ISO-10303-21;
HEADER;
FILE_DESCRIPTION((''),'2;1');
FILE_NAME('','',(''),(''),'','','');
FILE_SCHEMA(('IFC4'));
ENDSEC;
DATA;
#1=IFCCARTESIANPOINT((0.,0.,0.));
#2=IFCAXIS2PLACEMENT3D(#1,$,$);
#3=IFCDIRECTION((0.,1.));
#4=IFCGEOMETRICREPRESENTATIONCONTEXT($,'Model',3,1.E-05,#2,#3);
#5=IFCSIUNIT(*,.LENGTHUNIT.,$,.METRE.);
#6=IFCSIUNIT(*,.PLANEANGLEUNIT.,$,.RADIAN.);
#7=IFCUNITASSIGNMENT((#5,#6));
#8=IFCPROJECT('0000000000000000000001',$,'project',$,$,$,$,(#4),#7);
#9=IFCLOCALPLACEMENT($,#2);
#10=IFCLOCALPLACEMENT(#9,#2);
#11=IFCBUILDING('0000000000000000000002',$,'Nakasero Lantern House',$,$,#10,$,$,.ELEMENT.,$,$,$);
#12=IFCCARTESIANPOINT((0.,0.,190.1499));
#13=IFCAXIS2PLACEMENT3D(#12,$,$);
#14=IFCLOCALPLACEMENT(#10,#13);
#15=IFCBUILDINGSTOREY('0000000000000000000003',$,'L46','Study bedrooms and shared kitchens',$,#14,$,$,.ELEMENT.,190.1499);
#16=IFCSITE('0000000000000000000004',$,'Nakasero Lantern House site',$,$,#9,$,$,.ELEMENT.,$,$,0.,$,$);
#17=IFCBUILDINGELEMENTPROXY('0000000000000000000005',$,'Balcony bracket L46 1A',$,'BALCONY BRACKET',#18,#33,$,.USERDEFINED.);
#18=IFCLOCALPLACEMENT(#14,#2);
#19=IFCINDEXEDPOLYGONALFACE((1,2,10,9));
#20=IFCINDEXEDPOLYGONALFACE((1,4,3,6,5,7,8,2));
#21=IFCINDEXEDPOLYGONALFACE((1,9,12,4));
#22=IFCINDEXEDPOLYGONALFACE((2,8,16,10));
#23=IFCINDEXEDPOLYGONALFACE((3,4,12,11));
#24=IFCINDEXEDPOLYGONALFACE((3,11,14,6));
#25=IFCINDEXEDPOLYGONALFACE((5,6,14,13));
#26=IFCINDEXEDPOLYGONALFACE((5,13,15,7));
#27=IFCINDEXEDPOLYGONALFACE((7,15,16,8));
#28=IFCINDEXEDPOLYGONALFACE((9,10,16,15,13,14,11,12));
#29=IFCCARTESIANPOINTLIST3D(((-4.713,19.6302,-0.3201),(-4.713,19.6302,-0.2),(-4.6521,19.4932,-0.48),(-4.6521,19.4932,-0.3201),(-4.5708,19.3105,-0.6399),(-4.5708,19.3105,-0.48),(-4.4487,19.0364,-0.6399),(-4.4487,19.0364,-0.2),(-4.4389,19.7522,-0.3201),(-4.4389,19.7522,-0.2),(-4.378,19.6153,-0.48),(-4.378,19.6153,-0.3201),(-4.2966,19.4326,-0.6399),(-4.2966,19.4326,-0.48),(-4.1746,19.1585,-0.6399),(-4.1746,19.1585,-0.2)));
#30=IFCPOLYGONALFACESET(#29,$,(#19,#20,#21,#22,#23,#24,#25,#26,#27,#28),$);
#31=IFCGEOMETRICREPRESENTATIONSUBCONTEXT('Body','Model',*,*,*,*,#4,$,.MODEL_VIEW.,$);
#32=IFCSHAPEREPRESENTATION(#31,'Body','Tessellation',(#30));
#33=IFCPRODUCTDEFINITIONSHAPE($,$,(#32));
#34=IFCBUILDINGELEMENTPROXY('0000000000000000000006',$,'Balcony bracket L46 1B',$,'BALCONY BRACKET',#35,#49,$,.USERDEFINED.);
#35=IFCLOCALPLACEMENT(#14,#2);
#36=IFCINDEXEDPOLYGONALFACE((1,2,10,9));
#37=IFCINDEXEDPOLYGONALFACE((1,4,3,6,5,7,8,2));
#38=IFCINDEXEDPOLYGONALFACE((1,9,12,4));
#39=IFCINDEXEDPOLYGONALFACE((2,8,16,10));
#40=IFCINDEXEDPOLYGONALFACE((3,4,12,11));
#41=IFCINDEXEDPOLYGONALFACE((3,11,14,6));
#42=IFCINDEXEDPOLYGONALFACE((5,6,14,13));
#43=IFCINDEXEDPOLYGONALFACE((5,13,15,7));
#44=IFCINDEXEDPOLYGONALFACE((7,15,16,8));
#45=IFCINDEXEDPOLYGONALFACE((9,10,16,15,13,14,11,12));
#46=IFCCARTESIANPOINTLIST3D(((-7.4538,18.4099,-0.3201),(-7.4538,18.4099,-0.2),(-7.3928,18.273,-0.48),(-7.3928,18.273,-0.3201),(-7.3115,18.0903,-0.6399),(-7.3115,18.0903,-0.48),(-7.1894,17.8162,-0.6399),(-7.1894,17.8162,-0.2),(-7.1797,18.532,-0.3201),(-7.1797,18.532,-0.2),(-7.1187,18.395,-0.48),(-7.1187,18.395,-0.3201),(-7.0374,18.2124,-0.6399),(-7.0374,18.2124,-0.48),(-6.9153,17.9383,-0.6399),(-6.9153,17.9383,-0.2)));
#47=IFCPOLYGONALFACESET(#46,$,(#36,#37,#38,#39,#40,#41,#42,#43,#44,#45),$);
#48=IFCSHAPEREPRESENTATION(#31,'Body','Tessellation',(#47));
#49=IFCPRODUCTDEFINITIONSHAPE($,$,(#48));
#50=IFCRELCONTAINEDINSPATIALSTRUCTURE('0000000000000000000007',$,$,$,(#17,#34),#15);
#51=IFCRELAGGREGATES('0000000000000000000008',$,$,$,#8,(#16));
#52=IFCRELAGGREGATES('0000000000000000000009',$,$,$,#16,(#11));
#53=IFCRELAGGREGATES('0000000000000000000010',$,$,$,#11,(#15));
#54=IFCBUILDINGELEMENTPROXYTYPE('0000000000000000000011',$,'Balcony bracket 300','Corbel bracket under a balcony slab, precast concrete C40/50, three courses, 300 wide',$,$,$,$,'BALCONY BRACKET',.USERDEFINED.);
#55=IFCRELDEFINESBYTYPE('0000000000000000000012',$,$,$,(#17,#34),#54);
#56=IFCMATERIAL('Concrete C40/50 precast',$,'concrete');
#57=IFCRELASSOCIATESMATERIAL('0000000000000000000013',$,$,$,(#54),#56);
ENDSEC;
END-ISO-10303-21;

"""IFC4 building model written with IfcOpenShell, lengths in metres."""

from ifc_helpers import new_model, si_unit, direction, frame, origin, place, context, subcontext, project, spatial, polyline, outline, extrude, material, type_object, element, save


model = new_model("IFC4")

# Units and contexts
model_context = context("Model", 3, precision=1e-05, world=origin(), true_north=direction((0.0, 1.0)))
body_context = subcontext(model_context, "Body", "Model", "MODEL_VIEW")
ifc_project = project(units=[si_unit("LENGTHUNIT", "METRE"), si_unit("PLANEANGLEUNIT", "RADIAN")], contexts=[model_context])

# Site, building, storey
site_placement = place(None, origin())
site = spatial("IfcSite", under=ifc_project, at=site_placement, Name="Nakasero Lantern House site", CompositionType="ELEMENT", RefElevation=0.0)
building_placement = place(site_placement, origin())
building = spatial("IfcBuilding", under=site, at=building_placement, Name="Nakasero Lantern House", CompositionType="ELEMENT")
storey_placement = place(building_placement, frame((0.0, 0.0, 190.1499)))
storey = spatial("IfcBuildingStorey", under=building, at=storey_placement, Name="L46", Description="Study bedrooms and shared kitchens", CompositionType="ELEMENT", Elevation=190.1499)

# Building element proxies
ifc_material_1 = material(Name="Concrete C40/50 precast", Category="concrete")
building_element_proxy_type = type_object("IfcBuildingElementProxyType", Name="Balcony bracket 300", Description="Corbel bracket under a balcony slab, precast concrete C40/50, three courses, 300 wide", ElementType="BALCONY BRACKET", PredefinedType="USERDEFINED", material=ifc_material_1)
for number, where, z_axis, x_axis, name in (
    (1, (-4.3118, 19.0974, -0.2), (0.0, 0.0, 1.0), (-0.406737, 0.913545, 0.0), "Balcony bracket L46 1A"),
    (2, (-7.0525, 17.8772, -0.2), (0.0, 0.0, 1.0), (-0.406737, 0.913545, 0.0), "Balcony bracket L46 1B"),
):
    element("IfcBuildingElementProxy", number, at=place(storey_placement, frame(where, z_axis=z_axis, x_axis=x_axis)), inside=storey, type_object=building_element_proxy_type, Name=name, ObjectType="BALCONY BRACKET", PredefinedType="USERDEFINED", context=body_context, shape_type="SweptSolid", body=[
        extrude(outline(polyline([(0.0, 0.0), (0.6499, 0.0), (0.6499, -0.1201), (0.5, -0.1201), (0.5, -0.28), (0.3, -0.28), (0.3, -0.4399), (0.0, -0.4399), (0.0, 0.0)])), frame((0.0, 0.1499, 0.0), z_axis=(0.0, -1.0, 0.0), x_axis=(1.0, 0.0, 0.0)), (0.0, 0.0, 1.0), 0.3),
    ])

save(model, "model.ifc")
